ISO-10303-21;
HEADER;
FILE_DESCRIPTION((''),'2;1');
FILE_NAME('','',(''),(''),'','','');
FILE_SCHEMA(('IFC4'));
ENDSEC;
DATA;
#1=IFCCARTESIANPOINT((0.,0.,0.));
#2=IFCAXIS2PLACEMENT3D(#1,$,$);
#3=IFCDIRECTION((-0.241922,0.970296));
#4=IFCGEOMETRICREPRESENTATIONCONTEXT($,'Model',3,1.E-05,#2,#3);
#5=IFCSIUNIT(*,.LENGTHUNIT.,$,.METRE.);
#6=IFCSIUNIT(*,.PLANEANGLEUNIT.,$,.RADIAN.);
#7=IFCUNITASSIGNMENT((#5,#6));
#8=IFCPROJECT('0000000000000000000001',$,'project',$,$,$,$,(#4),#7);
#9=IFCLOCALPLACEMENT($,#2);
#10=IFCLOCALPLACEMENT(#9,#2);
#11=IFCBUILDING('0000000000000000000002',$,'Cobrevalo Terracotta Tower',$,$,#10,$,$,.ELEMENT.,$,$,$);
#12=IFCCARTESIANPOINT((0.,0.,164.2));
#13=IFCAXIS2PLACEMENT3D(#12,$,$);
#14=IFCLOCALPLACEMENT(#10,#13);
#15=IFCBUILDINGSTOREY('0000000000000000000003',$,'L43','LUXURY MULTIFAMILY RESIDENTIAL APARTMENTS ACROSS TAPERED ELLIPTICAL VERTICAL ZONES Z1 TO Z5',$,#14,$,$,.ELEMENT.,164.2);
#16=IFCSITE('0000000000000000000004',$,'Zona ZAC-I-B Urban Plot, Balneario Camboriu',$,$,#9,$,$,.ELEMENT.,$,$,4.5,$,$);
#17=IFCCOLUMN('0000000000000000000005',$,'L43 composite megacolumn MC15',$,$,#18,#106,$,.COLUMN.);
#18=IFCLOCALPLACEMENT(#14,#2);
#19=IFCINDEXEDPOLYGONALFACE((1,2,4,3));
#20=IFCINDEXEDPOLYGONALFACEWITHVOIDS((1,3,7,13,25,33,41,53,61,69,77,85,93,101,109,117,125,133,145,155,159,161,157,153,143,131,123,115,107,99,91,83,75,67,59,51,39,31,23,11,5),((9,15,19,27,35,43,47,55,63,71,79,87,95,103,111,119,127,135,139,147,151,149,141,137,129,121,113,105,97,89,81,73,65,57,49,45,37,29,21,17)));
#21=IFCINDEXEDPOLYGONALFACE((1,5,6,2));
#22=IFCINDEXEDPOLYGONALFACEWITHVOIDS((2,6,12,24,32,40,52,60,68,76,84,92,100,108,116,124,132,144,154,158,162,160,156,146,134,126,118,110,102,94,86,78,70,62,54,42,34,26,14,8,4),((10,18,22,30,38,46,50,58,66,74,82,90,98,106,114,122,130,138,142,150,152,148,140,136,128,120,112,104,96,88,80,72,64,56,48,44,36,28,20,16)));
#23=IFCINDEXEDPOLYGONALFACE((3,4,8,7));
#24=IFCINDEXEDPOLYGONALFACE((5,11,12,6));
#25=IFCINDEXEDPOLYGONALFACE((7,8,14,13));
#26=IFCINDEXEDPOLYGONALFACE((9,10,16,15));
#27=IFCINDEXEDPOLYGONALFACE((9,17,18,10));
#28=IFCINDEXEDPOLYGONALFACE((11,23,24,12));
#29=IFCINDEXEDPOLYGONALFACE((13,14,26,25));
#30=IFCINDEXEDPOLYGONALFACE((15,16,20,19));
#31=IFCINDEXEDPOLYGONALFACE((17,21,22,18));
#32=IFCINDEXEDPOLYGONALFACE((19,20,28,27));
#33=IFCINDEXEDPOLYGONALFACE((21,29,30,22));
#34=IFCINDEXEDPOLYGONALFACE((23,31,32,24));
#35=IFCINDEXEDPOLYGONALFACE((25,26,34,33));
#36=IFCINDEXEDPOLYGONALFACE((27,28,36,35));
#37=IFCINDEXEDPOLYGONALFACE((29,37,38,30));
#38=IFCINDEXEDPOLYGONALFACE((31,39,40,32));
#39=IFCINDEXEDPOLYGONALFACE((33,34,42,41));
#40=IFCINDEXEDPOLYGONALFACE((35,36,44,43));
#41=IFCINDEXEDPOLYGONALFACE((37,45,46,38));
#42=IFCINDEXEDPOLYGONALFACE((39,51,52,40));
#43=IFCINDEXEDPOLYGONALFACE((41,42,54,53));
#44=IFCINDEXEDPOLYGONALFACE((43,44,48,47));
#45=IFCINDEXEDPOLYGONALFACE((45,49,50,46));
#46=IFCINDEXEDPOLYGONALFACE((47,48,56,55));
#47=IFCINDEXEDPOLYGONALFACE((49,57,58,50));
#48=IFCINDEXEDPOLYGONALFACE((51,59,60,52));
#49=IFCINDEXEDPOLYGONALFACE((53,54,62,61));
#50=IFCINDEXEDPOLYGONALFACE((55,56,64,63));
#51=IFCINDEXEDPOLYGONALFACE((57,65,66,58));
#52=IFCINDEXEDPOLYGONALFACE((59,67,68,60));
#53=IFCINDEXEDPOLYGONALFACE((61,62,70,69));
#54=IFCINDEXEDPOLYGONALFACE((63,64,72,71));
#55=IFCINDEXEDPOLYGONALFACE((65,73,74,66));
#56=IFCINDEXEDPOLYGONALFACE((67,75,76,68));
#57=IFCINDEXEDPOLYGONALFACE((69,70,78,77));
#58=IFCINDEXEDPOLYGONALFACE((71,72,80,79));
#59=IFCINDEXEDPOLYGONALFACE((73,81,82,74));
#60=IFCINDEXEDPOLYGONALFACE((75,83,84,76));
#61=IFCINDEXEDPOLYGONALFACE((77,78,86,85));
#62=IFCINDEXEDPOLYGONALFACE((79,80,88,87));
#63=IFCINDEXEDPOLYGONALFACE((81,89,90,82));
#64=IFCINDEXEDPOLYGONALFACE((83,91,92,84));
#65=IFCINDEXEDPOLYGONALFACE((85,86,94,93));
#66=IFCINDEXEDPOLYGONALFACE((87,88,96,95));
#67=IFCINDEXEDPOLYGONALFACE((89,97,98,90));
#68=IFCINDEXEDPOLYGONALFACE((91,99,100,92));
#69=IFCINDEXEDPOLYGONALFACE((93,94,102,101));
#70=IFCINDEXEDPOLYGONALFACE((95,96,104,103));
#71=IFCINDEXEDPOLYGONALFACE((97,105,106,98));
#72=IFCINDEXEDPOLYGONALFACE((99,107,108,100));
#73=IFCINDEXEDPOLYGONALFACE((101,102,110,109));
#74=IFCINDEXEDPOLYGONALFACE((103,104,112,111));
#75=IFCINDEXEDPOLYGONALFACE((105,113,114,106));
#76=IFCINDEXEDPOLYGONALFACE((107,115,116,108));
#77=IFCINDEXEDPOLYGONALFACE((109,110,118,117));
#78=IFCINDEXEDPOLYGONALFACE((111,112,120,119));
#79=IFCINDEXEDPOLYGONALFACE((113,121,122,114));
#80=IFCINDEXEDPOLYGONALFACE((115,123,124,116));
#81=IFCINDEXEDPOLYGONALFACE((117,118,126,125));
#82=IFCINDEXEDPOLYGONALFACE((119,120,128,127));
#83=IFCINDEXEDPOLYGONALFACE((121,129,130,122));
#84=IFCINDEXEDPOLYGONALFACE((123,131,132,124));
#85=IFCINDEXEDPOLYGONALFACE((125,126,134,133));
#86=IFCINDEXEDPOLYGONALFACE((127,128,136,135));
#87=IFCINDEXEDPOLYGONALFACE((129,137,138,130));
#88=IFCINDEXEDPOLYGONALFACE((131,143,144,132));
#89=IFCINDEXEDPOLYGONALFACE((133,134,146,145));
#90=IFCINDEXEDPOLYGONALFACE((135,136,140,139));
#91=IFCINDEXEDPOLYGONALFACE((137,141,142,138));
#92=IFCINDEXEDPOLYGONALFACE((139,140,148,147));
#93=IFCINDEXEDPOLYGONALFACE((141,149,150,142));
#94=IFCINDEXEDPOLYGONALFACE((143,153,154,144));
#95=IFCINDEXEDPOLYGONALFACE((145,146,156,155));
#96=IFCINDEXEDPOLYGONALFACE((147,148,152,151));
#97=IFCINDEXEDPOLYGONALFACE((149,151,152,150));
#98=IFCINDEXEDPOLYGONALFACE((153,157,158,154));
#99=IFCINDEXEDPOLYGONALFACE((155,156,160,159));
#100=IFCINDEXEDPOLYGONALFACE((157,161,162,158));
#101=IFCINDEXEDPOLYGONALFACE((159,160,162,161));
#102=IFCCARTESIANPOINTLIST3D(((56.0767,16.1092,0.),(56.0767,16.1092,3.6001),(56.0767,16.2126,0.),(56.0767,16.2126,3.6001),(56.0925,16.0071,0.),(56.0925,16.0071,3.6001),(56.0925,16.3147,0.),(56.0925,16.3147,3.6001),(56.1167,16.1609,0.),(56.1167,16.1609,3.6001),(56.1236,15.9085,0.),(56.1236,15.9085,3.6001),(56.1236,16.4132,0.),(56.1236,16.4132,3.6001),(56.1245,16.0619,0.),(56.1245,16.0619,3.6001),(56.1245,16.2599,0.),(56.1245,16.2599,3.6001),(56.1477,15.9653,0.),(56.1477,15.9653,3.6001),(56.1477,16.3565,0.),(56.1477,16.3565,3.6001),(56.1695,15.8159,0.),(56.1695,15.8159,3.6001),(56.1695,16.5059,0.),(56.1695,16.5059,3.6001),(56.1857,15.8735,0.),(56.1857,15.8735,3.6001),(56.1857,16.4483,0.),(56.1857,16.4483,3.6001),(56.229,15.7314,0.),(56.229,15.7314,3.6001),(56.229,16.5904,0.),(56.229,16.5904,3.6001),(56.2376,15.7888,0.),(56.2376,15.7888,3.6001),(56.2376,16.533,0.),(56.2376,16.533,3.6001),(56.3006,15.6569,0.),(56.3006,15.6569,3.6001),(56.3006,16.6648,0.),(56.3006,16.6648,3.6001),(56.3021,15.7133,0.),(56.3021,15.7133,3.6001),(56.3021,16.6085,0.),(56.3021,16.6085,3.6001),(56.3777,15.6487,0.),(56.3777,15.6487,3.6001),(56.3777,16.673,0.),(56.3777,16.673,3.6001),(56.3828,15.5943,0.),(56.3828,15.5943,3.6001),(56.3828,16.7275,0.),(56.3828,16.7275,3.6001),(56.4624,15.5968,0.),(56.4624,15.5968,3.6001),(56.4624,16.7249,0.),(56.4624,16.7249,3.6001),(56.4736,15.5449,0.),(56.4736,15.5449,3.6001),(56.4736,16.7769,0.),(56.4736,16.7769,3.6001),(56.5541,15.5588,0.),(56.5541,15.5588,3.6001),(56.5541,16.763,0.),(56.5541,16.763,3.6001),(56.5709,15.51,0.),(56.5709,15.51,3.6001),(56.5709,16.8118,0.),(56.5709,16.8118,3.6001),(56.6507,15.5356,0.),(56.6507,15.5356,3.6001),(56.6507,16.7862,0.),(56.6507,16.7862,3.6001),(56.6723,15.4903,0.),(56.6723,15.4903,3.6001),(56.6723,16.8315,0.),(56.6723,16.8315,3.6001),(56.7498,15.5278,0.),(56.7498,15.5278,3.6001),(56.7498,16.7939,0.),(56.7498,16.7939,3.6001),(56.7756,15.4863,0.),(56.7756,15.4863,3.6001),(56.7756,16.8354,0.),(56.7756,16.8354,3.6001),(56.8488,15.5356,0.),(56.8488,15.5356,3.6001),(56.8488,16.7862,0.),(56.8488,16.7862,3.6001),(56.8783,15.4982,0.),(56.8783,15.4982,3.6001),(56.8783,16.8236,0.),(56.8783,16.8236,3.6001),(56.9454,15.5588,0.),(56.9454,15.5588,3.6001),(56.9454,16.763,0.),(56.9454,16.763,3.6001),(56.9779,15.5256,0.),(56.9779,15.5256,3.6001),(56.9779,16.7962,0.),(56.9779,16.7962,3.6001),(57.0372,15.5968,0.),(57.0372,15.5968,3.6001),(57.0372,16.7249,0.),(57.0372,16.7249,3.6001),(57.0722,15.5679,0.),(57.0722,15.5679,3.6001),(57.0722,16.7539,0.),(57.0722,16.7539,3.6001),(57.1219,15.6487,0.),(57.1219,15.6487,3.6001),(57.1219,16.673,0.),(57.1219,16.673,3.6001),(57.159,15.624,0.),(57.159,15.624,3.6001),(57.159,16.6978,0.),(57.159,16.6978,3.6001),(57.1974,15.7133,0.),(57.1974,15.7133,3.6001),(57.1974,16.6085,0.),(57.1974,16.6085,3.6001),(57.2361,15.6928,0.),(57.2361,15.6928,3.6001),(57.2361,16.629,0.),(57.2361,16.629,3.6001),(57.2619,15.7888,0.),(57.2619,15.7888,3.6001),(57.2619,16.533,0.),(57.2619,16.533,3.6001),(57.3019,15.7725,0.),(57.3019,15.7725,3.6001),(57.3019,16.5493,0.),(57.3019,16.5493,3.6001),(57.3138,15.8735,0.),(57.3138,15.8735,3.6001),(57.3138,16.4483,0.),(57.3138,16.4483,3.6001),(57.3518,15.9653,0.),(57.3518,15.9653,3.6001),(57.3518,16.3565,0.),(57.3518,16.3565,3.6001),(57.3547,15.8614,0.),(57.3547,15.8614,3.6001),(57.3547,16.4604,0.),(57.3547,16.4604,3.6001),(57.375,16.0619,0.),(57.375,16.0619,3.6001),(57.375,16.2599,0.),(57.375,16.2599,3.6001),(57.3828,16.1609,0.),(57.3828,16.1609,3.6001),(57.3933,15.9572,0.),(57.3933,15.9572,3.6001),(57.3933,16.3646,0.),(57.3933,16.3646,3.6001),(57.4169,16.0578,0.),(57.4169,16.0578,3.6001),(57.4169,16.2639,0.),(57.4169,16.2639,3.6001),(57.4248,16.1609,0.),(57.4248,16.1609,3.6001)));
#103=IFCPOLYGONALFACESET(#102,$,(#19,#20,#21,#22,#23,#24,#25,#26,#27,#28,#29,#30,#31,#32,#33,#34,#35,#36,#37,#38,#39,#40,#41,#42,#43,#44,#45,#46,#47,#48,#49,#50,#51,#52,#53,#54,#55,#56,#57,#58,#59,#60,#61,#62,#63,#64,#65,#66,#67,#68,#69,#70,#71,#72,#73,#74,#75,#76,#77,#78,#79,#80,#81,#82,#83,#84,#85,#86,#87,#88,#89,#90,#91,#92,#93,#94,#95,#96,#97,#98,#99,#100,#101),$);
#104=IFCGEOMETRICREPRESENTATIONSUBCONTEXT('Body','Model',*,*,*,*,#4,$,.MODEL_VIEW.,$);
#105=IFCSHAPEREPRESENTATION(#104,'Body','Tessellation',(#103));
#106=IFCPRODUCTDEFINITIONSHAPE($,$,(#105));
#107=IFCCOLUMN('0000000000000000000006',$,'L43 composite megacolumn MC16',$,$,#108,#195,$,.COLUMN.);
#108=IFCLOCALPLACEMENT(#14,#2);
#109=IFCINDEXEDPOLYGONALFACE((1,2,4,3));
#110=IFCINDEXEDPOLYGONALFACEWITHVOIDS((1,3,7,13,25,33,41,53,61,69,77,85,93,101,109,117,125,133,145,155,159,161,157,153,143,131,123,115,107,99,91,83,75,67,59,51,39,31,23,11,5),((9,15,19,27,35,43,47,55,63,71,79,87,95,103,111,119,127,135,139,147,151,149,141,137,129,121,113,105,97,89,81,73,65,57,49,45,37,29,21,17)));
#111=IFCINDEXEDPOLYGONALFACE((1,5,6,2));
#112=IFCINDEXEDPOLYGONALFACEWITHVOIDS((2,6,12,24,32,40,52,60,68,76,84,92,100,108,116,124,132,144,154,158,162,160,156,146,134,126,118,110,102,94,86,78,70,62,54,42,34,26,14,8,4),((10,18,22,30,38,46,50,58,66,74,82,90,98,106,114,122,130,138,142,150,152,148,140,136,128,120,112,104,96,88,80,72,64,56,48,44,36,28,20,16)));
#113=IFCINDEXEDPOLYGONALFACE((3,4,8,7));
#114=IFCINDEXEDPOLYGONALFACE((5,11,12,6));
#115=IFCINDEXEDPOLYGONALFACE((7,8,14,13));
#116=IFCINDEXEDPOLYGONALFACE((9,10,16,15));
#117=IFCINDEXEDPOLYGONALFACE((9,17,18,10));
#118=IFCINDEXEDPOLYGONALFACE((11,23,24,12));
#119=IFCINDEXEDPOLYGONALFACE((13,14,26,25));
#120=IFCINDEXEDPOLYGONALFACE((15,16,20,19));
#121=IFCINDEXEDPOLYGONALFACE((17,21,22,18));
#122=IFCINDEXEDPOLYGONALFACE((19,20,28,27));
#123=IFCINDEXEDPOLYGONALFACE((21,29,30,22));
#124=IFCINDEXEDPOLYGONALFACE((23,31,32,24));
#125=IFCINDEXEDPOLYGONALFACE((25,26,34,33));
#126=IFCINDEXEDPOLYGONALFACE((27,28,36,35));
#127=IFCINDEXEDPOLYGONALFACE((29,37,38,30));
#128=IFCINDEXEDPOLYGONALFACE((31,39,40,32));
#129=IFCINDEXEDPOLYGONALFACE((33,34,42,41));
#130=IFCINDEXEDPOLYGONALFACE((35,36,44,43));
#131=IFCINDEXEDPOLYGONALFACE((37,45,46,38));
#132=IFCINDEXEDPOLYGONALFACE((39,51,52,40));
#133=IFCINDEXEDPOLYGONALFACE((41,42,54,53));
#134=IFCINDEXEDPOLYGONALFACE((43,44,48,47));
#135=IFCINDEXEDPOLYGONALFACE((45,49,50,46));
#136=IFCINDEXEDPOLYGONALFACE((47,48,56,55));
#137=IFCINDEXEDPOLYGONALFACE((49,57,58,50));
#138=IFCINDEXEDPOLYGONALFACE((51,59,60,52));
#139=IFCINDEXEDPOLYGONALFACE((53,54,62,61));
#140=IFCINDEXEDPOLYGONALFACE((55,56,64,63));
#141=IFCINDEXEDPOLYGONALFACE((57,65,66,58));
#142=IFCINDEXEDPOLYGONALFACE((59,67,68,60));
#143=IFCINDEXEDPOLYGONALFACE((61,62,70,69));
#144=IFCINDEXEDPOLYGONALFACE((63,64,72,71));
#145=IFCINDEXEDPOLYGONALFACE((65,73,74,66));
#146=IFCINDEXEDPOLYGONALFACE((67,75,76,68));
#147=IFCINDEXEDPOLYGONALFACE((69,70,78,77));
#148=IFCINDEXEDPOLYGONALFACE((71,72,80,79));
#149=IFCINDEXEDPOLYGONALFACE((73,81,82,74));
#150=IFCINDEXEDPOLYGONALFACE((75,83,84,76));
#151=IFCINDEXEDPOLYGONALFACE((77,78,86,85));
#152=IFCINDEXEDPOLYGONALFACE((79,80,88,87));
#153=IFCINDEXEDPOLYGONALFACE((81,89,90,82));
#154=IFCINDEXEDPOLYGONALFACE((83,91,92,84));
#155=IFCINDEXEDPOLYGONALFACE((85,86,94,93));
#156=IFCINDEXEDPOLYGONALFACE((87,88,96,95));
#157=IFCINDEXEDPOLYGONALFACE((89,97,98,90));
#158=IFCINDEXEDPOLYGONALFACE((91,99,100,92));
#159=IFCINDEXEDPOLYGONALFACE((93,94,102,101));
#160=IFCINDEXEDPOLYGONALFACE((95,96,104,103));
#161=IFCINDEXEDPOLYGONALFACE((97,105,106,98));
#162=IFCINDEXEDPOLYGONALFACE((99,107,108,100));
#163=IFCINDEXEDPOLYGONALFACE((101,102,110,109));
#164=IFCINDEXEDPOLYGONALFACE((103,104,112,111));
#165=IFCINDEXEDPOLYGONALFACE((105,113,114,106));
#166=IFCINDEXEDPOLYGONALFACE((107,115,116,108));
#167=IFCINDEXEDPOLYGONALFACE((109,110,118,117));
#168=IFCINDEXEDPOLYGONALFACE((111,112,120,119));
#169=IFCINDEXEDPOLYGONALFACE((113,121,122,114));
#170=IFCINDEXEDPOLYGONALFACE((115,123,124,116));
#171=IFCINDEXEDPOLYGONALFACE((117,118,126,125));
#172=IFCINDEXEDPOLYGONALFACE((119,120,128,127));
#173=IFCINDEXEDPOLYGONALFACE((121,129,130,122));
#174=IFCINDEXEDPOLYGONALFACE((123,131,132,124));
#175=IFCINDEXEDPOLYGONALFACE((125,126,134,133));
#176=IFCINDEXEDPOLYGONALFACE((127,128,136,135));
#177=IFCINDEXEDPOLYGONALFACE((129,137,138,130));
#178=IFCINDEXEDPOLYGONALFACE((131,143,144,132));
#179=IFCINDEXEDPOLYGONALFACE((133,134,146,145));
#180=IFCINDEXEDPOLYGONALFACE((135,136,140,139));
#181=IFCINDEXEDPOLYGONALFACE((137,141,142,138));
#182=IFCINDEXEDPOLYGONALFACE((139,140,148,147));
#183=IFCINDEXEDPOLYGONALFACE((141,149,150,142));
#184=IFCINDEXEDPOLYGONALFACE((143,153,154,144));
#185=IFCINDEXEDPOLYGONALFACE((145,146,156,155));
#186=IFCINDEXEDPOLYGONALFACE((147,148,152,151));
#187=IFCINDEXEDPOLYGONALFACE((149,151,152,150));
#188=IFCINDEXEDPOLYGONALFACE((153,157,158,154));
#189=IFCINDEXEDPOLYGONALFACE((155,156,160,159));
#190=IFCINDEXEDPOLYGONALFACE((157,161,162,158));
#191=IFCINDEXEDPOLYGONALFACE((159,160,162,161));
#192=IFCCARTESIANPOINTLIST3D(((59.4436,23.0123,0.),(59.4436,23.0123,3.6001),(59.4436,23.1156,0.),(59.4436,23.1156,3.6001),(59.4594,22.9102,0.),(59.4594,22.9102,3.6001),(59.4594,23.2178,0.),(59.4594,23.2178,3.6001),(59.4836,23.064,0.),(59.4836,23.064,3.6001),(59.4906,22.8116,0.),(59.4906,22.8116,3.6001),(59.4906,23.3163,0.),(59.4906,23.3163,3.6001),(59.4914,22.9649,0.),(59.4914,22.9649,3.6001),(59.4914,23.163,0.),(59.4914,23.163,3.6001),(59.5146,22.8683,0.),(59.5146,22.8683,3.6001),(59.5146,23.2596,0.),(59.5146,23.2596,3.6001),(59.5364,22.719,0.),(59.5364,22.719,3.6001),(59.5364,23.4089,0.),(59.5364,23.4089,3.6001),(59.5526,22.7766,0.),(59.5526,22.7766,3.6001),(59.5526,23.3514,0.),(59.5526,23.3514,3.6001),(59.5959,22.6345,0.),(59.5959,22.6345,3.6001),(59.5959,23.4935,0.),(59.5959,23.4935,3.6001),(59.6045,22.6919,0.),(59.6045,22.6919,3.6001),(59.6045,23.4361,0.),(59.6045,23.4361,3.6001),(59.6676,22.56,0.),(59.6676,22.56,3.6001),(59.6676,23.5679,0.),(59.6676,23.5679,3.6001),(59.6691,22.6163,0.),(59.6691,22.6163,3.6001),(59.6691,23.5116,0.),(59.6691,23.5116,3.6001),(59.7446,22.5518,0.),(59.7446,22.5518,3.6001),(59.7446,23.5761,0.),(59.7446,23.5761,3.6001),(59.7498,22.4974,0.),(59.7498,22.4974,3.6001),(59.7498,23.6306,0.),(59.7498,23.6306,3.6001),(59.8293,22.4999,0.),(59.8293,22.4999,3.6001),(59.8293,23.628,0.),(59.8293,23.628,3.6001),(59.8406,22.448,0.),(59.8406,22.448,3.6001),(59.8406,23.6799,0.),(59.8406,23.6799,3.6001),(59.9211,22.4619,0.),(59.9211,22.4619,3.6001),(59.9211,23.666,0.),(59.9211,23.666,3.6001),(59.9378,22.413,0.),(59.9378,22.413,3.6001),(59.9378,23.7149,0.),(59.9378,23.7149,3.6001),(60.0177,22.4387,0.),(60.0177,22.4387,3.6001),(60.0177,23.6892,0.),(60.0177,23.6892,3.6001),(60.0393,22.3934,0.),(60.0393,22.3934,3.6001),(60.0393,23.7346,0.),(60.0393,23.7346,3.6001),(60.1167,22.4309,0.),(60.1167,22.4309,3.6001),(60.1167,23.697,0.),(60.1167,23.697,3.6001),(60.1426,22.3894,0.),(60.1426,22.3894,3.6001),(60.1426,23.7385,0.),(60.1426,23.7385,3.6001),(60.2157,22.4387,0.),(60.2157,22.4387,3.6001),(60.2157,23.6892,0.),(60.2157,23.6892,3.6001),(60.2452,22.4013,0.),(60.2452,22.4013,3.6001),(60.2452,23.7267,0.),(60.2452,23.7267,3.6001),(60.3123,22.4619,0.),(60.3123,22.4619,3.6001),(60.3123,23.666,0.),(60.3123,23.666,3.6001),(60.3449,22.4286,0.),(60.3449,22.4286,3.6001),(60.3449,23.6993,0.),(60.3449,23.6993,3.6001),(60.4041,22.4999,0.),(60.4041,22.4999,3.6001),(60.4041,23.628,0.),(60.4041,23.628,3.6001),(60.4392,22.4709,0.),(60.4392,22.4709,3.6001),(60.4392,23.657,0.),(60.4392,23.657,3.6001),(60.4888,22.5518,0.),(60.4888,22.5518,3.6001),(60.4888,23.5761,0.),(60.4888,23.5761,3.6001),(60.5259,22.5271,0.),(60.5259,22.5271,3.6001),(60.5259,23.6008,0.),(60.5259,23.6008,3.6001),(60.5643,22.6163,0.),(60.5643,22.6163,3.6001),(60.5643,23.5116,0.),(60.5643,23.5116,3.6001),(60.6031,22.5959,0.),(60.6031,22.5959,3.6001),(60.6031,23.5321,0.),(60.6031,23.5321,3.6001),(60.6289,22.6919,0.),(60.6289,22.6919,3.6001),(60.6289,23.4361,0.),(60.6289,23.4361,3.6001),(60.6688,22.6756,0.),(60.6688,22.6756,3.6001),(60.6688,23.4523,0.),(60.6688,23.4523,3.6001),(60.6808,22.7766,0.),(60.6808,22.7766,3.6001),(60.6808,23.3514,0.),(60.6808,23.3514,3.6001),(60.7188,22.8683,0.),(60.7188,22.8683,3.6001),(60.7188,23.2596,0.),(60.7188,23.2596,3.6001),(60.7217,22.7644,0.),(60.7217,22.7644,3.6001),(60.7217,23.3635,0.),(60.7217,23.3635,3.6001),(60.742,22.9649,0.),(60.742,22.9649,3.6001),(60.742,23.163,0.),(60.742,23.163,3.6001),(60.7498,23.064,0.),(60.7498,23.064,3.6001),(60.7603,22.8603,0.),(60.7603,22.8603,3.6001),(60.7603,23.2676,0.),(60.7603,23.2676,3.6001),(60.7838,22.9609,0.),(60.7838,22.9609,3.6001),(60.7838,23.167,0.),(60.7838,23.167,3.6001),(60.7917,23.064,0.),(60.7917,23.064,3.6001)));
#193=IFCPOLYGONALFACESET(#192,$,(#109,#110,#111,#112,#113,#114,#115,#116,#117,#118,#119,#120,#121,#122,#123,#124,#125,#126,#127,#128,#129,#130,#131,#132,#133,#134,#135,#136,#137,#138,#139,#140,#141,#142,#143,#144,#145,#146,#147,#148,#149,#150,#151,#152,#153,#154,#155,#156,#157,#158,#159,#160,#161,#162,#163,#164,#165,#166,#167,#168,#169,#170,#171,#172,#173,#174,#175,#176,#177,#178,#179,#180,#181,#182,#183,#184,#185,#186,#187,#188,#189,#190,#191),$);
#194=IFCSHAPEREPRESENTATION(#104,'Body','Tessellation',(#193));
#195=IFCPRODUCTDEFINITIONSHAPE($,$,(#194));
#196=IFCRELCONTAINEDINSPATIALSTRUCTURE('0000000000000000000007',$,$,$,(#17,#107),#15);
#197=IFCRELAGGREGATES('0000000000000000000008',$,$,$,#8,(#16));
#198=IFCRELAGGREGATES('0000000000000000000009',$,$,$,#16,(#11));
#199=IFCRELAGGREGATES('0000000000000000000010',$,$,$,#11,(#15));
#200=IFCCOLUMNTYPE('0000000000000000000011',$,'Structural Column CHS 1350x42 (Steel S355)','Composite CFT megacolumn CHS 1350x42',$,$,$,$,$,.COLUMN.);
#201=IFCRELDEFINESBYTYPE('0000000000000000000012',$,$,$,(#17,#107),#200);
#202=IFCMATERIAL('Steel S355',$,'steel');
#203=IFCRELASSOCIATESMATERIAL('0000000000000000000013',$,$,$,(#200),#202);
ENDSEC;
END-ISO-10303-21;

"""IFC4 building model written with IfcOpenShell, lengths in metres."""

from ifc_helpers import new_model, si_unit, direction, frame, origin, origin_2d, place, context, subcontext, project, spatial, hollow_circle, extrude, material, material_profile, profile_set, type_object, element, save


model = new_model("IFC4")

# Units and contexts
model_context = context("Model", 3, precision=1e-05, world=origin(), true_north=direction((-0.241922, 0.970296)))
body_context = subcontext(model_context, "Body", "Model", "MODEL_VIEW")
ifc_project = project(units=[si_unit("LENGTHUNIT", "METRE"), si_unit("PLANEANGLEUNIT", "RADIAN")], contexts=[model_context])

# Site, building, storey
site_placement = place(None, origin())
site = spatial("IfcSite", under=ifc_project, at=site_placement, Name="Zona ZAC-I-B Urban Plot, Balneario Camboriu", CompositionType="ELEMENT", RefElevation=4.5)
building_placement = place(site_placement, origin())
building = spatial("IfcBuilding", under=site, at=building_placement, Name="Cobrevalo Terracotta Tower", CompositionType="ELEMENT")
storey_placement = place(building_placement, frame((0.0, 0.0, 164.2)))
storey = spatial("IfcBuildingStorey", under=building, at=storey_placement, Name="L43", Description="LUXURY MULTIFAMILY RESIDENTIAL APARTMENTS ACROSS TAPERED ELLIPTICAL VERTICAL ZONES Z1 TO Z5", CompositionType="ELEMENT", Elevation=164.2)

# Columns
ifc_material_1 = material(Name="Steel S355", Category="steel")
ifc_material_profile_1 = material_profile(ifc_material_1, hollow_circle(Radius=0.675, WallThickness=0.042, at=origin_2d()), Name="CHS 1350x42")
ifc_profile_set_1 = profile_set([ifc_material_profile_1], Name="Steel S355")
column_type_1 = type_object("IfcColumnType", Name="Structural Column CHS 1350x42 (Steel S355)", Description="Composite CFT megacolumn CHS 1350x42", PredefinedType="COLUMN", material=ifc_profile_set_1)
for number, where, z_axis, x_axis, name in (
    (1, (56.7498, 16.1609, 0.0), (0.0, 0.0, 1.0), (1.0, 0.0, 0.0), "L43 composite megacolumn MC15"),
    (2, (60.1167, 23.064, 0.0), (0.0, 0.0, 1.0), (1.0, 0.0, 0.0), "L43 composite megacolumn MC16"),
):
    element("IfcColumn", number, at=place(storey_placement, frame(where, z_axis=z_axis, x_axis=x_axis)), inside=storey, type_object=column_type_1, Name=name, PredefinedType="COLUMN", context=body_context, shape_type="SweptSolid", body=[
        extrude(hollow_circle(Radius=0.675, WallThickness=0.042, at=origin_2d()), origin(), (0.0, 0.0, 1.0), 3.6001),
    ])

save(model, "model.ifc")
